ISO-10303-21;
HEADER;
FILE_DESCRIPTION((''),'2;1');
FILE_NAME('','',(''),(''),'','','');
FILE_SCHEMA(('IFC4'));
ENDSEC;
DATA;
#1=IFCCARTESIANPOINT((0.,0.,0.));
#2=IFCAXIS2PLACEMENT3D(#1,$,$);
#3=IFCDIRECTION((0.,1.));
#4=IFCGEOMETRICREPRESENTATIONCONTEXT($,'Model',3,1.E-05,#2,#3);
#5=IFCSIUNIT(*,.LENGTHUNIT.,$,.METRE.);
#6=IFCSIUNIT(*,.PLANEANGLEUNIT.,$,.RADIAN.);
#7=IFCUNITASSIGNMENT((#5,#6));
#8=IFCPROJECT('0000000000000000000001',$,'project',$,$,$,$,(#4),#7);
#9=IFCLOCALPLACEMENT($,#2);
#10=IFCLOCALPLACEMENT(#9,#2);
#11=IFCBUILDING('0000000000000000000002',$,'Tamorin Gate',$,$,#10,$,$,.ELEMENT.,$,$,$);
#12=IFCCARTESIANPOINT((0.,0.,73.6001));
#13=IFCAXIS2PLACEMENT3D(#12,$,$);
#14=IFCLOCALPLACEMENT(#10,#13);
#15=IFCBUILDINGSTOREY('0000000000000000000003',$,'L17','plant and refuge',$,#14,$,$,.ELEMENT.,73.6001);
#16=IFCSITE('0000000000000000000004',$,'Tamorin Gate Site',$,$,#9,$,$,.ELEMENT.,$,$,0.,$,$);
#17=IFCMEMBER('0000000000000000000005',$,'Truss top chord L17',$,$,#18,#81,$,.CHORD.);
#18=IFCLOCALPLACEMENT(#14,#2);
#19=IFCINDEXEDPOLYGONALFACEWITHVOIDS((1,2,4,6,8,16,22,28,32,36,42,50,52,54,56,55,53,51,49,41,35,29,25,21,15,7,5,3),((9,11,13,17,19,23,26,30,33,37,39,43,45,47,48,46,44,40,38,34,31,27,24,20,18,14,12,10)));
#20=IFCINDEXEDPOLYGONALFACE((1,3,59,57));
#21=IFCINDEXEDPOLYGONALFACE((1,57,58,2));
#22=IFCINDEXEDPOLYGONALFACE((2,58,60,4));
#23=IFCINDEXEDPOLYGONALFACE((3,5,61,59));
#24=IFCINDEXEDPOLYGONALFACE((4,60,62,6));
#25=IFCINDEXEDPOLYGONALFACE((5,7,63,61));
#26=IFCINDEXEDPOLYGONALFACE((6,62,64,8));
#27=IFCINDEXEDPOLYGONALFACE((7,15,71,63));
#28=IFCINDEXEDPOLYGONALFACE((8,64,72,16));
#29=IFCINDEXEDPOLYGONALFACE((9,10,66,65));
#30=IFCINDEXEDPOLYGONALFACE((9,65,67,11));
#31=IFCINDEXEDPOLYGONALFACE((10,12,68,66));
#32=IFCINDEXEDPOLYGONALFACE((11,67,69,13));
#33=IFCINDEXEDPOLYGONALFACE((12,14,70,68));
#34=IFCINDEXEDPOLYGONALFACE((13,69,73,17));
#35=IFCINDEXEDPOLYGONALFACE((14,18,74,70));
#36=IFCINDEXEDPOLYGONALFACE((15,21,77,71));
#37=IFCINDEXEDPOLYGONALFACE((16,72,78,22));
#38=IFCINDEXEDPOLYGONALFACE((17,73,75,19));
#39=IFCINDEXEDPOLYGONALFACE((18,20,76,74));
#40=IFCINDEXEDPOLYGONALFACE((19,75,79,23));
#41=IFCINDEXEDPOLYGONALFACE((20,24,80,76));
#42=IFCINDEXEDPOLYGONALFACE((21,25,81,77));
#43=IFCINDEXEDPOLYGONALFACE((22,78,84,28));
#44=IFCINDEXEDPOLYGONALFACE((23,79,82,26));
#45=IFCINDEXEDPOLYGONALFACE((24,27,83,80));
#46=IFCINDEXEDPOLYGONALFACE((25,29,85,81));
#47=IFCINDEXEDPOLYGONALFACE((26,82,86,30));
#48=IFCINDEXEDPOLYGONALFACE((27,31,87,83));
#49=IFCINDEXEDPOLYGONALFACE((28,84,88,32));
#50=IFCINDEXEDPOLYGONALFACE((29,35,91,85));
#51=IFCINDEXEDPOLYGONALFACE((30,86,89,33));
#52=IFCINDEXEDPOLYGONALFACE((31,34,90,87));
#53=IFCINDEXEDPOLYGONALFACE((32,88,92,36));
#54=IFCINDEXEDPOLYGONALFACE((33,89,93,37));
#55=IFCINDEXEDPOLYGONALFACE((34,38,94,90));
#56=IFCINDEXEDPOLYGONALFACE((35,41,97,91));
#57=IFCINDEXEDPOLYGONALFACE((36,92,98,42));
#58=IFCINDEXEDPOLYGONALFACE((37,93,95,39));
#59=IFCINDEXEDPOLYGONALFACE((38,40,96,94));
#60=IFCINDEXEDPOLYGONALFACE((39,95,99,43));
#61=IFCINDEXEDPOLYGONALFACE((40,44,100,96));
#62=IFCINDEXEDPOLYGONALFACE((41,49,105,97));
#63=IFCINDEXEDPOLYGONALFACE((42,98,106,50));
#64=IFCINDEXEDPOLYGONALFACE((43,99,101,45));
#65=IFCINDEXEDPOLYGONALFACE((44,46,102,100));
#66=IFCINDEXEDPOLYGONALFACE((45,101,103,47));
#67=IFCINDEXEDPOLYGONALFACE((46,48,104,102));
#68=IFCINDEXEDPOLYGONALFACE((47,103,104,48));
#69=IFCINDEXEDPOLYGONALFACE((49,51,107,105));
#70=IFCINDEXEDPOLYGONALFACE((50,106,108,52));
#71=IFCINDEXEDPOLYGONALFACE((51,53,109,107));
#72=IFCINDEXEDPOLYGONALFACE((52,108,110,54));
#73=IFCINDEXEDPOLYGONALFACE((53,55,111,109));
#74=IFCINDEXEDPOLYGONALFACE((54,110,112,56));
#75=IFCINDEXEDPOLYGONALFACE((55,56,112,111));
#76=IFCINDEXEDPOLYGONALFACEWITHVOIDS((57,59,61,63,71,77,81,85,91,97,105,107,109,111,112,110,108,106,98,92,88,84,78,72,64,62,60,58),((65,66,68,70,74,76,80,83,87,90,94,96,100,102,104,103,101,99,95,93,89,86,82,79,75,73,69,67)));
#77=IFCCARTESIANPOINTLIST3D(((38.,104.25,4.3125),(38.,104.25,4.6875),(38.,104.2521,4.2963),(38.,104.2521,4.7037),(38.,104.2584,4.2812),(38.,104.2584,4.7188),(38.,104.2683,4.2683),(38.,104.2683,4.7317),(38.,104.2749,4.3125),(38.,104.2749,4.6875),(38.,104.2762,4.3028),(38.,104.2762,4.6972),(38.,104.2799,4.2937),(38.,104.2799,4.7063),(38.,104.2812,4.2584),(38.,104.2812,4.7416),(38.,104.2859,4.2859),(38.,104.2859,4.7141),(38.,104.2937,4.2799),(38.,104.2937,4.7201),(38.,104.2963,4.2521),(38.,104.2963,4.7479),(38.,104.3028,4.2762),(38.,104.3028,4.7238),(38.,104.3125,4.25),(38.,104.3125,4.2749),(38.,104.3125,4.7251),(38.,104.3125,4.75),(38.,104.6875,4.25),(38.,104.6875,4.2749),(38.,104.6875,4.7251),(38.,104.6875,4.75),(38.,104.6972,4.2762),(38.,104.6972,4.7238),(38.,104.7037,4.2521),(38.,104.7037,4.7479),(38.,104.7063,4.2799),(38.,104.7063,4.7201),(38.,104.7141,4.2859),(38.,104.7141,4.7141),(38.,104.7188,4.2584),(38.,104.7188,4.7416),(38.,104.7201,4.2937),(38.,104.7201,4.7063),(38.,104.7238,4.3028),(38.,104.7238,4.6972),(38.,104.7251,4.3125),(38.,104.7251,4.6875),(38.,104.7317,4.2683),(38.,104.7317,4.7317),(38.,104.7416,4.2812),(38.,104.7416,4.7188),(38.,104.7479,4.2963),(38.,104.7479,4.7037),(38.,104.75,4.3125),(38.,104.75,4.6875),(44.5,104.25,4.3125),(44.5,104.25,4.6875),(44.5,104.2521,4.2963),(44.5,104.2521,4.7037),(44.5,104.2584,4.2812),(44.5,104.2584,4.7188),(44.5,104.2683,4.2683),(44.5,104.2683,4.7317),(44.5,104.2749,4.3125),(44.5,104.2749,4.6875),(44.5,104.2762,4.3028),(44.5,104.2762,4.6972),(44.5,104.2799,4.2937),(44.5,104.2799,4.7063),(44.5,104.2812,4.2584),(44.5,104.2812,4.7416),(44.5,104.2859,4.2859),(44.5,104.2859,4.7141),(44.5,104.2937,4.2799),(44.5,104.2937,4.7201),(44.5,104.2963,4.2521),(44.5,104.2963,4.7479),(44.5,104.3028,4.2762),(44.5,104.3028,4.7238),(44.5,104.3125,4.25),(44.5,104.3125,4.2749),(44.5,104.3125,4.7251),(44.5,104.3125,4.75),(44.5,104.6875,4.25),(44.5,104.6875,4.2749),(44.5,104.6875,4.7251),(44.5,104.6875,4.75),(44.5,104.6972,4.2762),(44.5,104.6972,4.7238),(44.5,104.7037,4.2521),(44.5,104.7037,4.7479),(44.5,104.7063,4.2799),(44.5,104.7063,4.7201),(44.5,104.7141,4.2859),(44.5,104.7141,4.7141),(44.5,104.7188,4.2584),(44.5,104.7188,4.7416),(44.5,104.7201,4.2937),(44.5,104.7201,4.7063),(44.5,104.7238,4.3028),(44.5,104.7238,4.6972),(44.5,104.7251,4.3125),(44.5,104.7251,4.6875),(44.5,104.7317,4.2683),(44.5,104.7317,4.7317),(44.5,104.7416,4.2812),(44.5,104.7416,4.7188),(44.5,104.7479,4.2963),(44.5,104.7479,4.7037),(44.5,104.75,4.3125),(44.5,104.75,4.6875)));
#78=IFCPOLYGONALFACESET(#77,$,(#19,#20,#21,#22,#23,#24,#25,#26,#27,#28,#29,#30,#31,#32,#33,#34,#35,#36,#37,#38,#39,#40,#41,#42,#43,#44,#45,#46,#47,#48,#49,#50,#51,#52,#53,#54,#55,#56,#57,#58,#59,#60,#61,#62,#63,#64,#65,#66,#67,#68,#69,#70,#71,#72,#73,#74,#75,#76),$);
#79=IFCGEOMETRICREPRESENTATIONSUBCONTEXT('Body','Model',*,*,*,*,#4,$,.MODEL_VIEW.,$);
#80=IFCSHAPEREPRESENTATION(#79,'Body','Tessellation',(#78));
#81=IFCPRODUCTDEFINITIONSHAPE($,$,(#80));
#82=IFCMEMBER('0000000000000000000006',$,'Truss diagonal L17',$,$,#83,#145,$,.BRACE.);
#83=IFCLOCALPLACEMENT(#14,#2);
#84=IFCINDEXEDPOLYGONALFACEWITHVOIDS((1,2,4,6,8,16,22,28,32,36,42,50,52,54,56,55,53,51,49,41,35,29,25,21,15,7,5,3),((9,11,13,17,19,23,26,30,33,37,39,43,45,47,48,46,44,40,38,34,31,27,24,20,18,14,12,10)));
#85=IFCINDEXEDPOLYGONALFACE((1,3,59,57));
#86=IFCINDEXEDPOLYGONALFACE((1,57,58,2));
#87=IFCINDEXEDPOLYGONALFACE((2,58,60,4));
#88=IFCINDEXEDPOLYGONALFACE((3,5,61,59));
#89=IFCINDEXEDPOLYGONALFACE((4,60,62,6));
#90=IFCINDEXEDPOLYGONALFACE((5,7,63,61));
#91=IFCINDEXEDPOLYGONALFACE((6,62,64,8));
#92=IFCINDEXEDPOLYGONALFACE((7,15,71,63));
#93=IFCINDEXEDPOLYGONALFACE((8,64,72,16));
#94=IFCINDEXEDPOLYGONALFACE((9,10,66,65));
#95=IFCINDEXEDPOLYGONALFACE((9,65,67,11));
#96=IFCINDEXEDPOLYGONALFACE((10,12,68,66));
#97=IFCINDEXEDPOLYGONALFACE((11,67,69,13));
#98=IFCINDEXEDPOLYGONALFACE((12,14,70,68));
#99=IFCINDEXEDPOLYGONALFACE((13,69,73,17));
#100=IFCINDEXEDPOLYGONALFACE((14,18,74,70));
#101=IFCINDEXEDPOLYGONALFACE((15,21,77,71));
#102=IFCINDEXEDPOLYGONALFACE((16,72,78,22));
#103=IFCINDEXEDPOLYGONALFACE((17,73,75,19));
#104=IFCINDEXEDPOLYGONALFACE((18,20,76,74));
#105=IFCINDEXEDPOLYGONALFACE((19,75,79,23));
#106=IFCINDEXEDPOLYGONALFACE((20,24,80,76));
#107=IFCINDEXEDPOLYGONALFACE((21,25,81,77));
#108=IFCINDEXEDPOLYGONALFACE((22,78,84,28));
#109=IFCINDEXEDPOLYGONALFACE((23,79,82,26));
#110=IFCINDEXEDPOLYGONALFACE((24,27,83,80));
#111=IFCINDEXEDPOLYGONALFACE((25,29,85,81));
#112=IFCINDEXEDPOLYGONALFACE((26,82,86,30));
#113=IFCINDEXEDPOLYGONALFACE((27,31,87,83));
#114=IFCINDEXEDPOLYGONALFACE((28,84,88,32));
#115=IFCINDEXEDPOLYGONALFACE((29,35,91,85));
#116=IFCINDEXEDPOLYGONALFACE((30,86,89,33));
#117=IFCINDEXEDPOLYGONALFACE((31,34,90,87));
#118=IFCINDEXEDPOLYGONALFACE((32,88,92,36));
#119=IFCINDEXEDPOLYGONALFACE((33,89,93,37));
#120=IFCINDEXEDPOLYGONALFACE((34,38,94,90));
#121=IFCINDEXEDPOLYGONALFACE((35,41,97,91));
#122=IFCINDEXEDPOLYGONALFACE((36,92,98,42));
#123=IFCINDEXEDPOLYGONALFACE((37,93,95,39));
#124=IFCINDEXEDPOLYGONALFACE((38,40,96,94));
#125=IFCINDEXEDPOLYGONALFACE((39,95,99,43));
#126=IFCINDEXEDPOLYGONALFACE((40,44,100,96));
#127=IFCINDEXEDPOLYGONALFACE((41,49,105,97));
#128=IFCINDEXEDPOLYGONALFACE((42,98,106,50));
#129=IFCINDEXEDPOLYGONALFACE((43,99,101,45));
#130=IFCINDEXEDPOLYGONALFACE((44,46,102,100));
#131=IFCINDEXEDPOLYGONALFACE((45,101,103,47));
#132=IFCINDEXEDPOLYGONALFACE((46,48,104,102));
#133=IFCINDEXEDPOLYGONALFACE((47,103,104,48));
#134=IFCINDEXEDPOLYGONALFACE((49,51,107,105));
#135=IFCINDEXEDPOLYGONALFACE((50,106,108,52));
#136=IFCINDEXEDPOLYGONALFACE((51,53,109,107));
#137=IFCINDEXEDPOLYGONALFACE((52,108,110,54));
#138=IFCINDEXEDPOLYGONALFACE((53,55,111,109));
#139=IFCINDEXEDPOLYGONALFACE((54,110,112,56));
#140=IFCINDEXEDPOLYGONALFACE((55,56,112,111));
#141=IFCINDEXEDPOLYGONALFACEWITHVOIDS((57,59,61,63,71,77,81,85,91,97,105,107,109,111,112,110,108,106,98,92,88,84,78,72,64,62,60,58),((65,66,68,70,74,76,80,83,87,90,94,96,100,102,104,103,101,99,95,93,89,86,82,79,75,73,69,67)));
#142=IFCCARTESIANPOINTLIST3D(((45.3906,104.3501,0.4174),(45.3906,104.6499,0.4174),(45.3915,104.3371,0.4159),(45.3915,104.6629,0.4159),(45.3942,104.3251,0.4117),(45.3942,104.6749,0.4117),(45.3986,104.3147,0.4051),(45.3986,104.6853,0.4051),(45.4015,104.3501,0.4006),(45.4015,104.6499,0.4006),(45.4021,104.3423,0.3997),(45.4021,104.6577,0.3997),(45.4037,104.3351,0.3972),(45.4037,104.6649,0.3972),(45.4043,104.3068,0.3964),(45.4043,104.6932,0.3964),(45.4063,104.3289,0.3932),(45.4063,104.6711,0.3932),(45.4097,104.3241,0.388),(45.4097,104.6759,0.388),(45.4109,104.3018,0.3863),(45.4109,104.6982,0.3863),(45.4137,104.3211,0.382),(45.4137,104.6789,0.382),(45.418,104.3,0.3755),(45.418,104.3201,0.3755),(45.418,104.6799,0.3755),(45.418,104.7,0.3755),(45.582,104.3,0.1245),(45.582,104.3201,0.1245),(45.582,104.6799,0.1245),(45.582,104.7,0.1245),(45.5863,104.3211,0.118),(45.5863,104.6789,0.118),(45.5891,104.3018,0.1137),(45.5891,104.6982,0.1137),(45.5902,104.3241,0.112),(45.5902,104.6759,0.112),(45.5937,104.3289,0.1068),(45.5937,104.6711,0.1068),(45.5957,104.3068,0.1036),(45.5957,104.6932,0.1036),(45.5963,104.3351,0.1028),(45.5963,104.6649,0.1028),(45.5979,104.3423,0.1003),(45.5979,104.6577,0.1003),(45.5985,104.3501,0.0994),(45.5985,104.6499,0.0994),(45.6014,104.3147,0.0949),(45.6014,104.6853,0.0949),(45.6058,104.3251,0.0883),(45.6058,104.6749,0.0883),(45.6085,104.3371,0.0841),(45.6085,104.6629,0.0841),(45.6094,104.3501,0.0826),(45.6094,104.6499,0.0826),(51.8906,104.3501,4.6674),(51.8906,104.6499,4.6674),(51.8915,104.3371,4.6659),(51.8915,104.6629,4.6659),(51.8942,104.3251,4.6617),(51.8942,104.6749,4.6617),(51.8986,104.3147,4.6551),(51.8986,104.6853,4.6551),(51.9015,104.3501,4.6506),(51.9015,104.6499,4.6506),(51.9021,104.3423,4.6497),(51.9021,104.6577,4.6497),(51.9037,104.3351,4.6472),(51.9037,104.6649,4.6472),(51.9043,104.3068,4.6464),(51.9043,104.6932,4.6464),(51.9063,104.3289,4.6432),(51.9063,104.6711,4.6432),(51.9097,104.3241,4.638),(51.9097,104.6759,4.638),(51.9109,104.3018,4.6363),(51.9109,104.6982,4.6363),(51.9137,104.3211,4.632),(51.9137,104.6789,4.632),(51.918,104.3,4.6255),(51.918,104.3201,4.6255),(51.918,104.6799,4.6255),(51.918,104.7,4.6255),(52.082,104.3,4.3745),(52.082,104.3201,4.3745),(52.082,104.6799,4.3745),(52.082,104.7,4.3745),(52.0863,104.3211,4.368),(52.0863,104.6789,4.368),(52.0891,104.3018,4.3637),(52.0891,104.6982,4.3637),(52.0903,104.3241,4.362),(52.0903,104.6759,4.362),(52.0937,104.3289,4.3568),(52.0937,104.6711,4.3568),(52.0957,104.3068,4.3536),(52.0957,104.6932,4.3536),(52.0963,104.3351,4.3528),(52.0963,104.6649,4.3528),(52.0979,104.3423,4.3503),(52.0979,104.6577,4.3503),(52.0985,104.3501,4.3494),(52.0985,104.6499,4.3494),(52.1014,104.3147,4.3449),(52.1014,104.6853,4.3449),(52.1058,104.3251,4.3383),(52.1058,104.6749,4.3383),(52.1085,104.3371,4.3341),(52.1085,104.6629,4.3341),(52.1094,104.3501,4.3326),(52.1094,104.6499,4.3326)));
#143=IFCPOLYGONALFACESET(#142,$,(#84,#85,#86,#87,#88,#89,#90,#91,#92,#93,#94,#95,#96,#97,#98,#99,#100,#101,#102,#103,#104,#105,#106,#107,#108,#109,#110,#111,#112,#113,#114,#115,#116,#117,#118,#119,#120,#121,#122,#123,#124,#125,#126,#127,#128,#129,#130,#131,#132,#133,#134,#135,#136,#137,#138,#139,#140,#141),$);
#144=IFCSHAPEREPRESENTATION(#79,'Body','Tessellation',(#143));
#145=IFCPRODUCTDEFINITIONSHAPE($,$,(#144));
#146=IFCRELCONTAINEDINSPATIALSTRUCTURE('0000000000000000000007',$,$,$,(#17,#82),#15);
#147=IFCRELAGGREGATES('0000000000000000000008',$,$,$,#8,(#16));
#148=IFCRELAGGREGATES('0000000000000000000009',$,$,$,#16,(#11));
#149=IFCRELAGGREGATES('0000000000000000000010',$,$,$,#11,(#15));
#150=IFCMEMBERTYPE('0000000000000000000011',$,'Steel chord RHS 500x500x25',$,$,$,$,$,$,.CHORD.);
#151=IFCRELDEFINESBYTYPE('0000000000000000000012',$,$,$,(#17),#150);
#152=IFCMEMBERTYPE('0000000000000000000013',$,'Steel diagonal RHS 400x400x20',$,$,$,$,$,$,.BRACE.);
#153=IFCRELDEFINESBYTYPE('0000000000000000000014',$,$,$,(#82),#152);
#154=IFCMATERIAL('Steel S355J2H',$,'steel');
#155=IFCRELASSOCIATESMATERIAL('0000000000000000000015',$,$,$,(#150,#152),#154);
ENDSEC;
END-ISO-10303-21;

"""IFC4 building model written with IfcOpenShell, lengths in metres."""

from ifc_helpers import new_model, si_unit, direction, frame, origin, origin_2d, place, context, subcontext, project, spatial, hollow_rectangle, extrude, material, material_profile, profile_set, type_object, element, save


model = new_model("IFC4")

# Units and contexts
model_context = context("Model", 3, precision=1e-05, world=origin(), true_north=direction((0.0, 1.0)))
body_context = subcontext(model_context, "Body", "Model", "MODEL_VIEW")
ifc_project = project(units=[si_unit("LENGTHUNIT", "METRE"), si_unit("PLANEANGLEUNIT", "RADIAN")], contexts=[model_context])

# Site, building, storey
site_placement = place(None, origin())
site = spatial("IfcSite", under=ifc_project, at=site_placement, Name="Tamorin Gate Site", CompositionType="ELEMENT", RefElevation=0.0)
building_placement = place(site_placement, origin())
building = spatial("IfcBuilding", under=site, at=building_placement, Name="Tamorin Gate", CompositionType="ELEMENT")
storey_placement = place(building_placement, frame((0.0, 0.0, 73.6001)))
storey = spatial("IfcBuildingStorey", under=building, at=storey_placement, Name="L17", Description="plant and refuge", CompositionType="ELEMENT", Elevation=73.6001)

# Members
ifc_material_1 = material(Name="Steel S355J2H", Category="steel")
ifc_material_profile_1 = material_profile(ifc_material_1, hollow_rectangle(XDim=0.5, YDim=0.5, WallThickness=0.0249, InnerFilletRadius=0.0376, OuterFilletRadius=0.0625, at=origin_2d()), Name="RHS 500x500x25")
ifc_profile_set_1 = profile_set([ifc_material_profile_1], Name="Steel S355J2H")
member_type_1 = type_object("IfcMemberType", Name="Steel chord RHS 500x500x25", PredefinedType="CHORD", material=ifc_profile_set_1)
for number, where, z_axis, x_axis, name in (
    (1, (44.5, 104.5, 4.5), (-1.0, 0.0, 0.0), (0.0, -1.0, 0.0), "Truss top chord L17"),
):
    element("IfcMember", number, at=place(storey_placement, frame(where, z_axis=z_axis, x_axis=x_axis)), inside=storey, type_object=member_type_1, Name=name, PredefinedType="CHORD", context=body_context, shape_type="SweptSolid", body=[
        extrude(hollow_rectangle(XDim=0.5, YDim=0.5, WallThickness=0.0249, InnerFilletRadius=0.0376, OuterFilletRadius=0.0625, at=origin_2d()), origin(), (0.0, 0.0, 1.0), 6.5),
    ])
ifc_material_profile_2 = material_profile(ifc_material_1, hollow_rectangle(XDim=0.3999, YDim=0.3999, WallThickness=0.02, InnerFilletRadius=0.03, OuterFilletRadius=0.05, at=origin_2d()), Name="RHS 400x400x20")
ifc_profile_set_2 = profile_set([ifc_material_profile_2], Name="Steel S355J2H")
member_type_2 = type_object("IfcMemberType", Name="Steel diagonal RHS 400x400x20", PredefinedType="BRACE", material=ifc_profile_set_2)
for number, where, z_axis, x_axis, name in (
    (2, (52.0, 104.5, 4.5), (-0.83697, 0.0, -0.547249), (0.0, -1.0, 0.0), "Truss diagonal L17"),
):
    element("IfcMember", number, at=place(storey_placement, frame(where, z_axis=z_axis, x_axis=x_axis)), inside=storey, type_object=member_type_2, Name=name, PredefinedType="BRACE", context=body_context, shape_type="SweptSolid", body=[
        extrude(hollow_rectangle(XDim=0.3999, YDim=0.3999, WallThickness=0.02, InnerFilletRadius=0.03, OuterFilletRadius=0.05, at=origin_2d()), origin(), (0.0, 0.0, 1.0), 7.7661),
    ])

save(model, "model.ifc")
